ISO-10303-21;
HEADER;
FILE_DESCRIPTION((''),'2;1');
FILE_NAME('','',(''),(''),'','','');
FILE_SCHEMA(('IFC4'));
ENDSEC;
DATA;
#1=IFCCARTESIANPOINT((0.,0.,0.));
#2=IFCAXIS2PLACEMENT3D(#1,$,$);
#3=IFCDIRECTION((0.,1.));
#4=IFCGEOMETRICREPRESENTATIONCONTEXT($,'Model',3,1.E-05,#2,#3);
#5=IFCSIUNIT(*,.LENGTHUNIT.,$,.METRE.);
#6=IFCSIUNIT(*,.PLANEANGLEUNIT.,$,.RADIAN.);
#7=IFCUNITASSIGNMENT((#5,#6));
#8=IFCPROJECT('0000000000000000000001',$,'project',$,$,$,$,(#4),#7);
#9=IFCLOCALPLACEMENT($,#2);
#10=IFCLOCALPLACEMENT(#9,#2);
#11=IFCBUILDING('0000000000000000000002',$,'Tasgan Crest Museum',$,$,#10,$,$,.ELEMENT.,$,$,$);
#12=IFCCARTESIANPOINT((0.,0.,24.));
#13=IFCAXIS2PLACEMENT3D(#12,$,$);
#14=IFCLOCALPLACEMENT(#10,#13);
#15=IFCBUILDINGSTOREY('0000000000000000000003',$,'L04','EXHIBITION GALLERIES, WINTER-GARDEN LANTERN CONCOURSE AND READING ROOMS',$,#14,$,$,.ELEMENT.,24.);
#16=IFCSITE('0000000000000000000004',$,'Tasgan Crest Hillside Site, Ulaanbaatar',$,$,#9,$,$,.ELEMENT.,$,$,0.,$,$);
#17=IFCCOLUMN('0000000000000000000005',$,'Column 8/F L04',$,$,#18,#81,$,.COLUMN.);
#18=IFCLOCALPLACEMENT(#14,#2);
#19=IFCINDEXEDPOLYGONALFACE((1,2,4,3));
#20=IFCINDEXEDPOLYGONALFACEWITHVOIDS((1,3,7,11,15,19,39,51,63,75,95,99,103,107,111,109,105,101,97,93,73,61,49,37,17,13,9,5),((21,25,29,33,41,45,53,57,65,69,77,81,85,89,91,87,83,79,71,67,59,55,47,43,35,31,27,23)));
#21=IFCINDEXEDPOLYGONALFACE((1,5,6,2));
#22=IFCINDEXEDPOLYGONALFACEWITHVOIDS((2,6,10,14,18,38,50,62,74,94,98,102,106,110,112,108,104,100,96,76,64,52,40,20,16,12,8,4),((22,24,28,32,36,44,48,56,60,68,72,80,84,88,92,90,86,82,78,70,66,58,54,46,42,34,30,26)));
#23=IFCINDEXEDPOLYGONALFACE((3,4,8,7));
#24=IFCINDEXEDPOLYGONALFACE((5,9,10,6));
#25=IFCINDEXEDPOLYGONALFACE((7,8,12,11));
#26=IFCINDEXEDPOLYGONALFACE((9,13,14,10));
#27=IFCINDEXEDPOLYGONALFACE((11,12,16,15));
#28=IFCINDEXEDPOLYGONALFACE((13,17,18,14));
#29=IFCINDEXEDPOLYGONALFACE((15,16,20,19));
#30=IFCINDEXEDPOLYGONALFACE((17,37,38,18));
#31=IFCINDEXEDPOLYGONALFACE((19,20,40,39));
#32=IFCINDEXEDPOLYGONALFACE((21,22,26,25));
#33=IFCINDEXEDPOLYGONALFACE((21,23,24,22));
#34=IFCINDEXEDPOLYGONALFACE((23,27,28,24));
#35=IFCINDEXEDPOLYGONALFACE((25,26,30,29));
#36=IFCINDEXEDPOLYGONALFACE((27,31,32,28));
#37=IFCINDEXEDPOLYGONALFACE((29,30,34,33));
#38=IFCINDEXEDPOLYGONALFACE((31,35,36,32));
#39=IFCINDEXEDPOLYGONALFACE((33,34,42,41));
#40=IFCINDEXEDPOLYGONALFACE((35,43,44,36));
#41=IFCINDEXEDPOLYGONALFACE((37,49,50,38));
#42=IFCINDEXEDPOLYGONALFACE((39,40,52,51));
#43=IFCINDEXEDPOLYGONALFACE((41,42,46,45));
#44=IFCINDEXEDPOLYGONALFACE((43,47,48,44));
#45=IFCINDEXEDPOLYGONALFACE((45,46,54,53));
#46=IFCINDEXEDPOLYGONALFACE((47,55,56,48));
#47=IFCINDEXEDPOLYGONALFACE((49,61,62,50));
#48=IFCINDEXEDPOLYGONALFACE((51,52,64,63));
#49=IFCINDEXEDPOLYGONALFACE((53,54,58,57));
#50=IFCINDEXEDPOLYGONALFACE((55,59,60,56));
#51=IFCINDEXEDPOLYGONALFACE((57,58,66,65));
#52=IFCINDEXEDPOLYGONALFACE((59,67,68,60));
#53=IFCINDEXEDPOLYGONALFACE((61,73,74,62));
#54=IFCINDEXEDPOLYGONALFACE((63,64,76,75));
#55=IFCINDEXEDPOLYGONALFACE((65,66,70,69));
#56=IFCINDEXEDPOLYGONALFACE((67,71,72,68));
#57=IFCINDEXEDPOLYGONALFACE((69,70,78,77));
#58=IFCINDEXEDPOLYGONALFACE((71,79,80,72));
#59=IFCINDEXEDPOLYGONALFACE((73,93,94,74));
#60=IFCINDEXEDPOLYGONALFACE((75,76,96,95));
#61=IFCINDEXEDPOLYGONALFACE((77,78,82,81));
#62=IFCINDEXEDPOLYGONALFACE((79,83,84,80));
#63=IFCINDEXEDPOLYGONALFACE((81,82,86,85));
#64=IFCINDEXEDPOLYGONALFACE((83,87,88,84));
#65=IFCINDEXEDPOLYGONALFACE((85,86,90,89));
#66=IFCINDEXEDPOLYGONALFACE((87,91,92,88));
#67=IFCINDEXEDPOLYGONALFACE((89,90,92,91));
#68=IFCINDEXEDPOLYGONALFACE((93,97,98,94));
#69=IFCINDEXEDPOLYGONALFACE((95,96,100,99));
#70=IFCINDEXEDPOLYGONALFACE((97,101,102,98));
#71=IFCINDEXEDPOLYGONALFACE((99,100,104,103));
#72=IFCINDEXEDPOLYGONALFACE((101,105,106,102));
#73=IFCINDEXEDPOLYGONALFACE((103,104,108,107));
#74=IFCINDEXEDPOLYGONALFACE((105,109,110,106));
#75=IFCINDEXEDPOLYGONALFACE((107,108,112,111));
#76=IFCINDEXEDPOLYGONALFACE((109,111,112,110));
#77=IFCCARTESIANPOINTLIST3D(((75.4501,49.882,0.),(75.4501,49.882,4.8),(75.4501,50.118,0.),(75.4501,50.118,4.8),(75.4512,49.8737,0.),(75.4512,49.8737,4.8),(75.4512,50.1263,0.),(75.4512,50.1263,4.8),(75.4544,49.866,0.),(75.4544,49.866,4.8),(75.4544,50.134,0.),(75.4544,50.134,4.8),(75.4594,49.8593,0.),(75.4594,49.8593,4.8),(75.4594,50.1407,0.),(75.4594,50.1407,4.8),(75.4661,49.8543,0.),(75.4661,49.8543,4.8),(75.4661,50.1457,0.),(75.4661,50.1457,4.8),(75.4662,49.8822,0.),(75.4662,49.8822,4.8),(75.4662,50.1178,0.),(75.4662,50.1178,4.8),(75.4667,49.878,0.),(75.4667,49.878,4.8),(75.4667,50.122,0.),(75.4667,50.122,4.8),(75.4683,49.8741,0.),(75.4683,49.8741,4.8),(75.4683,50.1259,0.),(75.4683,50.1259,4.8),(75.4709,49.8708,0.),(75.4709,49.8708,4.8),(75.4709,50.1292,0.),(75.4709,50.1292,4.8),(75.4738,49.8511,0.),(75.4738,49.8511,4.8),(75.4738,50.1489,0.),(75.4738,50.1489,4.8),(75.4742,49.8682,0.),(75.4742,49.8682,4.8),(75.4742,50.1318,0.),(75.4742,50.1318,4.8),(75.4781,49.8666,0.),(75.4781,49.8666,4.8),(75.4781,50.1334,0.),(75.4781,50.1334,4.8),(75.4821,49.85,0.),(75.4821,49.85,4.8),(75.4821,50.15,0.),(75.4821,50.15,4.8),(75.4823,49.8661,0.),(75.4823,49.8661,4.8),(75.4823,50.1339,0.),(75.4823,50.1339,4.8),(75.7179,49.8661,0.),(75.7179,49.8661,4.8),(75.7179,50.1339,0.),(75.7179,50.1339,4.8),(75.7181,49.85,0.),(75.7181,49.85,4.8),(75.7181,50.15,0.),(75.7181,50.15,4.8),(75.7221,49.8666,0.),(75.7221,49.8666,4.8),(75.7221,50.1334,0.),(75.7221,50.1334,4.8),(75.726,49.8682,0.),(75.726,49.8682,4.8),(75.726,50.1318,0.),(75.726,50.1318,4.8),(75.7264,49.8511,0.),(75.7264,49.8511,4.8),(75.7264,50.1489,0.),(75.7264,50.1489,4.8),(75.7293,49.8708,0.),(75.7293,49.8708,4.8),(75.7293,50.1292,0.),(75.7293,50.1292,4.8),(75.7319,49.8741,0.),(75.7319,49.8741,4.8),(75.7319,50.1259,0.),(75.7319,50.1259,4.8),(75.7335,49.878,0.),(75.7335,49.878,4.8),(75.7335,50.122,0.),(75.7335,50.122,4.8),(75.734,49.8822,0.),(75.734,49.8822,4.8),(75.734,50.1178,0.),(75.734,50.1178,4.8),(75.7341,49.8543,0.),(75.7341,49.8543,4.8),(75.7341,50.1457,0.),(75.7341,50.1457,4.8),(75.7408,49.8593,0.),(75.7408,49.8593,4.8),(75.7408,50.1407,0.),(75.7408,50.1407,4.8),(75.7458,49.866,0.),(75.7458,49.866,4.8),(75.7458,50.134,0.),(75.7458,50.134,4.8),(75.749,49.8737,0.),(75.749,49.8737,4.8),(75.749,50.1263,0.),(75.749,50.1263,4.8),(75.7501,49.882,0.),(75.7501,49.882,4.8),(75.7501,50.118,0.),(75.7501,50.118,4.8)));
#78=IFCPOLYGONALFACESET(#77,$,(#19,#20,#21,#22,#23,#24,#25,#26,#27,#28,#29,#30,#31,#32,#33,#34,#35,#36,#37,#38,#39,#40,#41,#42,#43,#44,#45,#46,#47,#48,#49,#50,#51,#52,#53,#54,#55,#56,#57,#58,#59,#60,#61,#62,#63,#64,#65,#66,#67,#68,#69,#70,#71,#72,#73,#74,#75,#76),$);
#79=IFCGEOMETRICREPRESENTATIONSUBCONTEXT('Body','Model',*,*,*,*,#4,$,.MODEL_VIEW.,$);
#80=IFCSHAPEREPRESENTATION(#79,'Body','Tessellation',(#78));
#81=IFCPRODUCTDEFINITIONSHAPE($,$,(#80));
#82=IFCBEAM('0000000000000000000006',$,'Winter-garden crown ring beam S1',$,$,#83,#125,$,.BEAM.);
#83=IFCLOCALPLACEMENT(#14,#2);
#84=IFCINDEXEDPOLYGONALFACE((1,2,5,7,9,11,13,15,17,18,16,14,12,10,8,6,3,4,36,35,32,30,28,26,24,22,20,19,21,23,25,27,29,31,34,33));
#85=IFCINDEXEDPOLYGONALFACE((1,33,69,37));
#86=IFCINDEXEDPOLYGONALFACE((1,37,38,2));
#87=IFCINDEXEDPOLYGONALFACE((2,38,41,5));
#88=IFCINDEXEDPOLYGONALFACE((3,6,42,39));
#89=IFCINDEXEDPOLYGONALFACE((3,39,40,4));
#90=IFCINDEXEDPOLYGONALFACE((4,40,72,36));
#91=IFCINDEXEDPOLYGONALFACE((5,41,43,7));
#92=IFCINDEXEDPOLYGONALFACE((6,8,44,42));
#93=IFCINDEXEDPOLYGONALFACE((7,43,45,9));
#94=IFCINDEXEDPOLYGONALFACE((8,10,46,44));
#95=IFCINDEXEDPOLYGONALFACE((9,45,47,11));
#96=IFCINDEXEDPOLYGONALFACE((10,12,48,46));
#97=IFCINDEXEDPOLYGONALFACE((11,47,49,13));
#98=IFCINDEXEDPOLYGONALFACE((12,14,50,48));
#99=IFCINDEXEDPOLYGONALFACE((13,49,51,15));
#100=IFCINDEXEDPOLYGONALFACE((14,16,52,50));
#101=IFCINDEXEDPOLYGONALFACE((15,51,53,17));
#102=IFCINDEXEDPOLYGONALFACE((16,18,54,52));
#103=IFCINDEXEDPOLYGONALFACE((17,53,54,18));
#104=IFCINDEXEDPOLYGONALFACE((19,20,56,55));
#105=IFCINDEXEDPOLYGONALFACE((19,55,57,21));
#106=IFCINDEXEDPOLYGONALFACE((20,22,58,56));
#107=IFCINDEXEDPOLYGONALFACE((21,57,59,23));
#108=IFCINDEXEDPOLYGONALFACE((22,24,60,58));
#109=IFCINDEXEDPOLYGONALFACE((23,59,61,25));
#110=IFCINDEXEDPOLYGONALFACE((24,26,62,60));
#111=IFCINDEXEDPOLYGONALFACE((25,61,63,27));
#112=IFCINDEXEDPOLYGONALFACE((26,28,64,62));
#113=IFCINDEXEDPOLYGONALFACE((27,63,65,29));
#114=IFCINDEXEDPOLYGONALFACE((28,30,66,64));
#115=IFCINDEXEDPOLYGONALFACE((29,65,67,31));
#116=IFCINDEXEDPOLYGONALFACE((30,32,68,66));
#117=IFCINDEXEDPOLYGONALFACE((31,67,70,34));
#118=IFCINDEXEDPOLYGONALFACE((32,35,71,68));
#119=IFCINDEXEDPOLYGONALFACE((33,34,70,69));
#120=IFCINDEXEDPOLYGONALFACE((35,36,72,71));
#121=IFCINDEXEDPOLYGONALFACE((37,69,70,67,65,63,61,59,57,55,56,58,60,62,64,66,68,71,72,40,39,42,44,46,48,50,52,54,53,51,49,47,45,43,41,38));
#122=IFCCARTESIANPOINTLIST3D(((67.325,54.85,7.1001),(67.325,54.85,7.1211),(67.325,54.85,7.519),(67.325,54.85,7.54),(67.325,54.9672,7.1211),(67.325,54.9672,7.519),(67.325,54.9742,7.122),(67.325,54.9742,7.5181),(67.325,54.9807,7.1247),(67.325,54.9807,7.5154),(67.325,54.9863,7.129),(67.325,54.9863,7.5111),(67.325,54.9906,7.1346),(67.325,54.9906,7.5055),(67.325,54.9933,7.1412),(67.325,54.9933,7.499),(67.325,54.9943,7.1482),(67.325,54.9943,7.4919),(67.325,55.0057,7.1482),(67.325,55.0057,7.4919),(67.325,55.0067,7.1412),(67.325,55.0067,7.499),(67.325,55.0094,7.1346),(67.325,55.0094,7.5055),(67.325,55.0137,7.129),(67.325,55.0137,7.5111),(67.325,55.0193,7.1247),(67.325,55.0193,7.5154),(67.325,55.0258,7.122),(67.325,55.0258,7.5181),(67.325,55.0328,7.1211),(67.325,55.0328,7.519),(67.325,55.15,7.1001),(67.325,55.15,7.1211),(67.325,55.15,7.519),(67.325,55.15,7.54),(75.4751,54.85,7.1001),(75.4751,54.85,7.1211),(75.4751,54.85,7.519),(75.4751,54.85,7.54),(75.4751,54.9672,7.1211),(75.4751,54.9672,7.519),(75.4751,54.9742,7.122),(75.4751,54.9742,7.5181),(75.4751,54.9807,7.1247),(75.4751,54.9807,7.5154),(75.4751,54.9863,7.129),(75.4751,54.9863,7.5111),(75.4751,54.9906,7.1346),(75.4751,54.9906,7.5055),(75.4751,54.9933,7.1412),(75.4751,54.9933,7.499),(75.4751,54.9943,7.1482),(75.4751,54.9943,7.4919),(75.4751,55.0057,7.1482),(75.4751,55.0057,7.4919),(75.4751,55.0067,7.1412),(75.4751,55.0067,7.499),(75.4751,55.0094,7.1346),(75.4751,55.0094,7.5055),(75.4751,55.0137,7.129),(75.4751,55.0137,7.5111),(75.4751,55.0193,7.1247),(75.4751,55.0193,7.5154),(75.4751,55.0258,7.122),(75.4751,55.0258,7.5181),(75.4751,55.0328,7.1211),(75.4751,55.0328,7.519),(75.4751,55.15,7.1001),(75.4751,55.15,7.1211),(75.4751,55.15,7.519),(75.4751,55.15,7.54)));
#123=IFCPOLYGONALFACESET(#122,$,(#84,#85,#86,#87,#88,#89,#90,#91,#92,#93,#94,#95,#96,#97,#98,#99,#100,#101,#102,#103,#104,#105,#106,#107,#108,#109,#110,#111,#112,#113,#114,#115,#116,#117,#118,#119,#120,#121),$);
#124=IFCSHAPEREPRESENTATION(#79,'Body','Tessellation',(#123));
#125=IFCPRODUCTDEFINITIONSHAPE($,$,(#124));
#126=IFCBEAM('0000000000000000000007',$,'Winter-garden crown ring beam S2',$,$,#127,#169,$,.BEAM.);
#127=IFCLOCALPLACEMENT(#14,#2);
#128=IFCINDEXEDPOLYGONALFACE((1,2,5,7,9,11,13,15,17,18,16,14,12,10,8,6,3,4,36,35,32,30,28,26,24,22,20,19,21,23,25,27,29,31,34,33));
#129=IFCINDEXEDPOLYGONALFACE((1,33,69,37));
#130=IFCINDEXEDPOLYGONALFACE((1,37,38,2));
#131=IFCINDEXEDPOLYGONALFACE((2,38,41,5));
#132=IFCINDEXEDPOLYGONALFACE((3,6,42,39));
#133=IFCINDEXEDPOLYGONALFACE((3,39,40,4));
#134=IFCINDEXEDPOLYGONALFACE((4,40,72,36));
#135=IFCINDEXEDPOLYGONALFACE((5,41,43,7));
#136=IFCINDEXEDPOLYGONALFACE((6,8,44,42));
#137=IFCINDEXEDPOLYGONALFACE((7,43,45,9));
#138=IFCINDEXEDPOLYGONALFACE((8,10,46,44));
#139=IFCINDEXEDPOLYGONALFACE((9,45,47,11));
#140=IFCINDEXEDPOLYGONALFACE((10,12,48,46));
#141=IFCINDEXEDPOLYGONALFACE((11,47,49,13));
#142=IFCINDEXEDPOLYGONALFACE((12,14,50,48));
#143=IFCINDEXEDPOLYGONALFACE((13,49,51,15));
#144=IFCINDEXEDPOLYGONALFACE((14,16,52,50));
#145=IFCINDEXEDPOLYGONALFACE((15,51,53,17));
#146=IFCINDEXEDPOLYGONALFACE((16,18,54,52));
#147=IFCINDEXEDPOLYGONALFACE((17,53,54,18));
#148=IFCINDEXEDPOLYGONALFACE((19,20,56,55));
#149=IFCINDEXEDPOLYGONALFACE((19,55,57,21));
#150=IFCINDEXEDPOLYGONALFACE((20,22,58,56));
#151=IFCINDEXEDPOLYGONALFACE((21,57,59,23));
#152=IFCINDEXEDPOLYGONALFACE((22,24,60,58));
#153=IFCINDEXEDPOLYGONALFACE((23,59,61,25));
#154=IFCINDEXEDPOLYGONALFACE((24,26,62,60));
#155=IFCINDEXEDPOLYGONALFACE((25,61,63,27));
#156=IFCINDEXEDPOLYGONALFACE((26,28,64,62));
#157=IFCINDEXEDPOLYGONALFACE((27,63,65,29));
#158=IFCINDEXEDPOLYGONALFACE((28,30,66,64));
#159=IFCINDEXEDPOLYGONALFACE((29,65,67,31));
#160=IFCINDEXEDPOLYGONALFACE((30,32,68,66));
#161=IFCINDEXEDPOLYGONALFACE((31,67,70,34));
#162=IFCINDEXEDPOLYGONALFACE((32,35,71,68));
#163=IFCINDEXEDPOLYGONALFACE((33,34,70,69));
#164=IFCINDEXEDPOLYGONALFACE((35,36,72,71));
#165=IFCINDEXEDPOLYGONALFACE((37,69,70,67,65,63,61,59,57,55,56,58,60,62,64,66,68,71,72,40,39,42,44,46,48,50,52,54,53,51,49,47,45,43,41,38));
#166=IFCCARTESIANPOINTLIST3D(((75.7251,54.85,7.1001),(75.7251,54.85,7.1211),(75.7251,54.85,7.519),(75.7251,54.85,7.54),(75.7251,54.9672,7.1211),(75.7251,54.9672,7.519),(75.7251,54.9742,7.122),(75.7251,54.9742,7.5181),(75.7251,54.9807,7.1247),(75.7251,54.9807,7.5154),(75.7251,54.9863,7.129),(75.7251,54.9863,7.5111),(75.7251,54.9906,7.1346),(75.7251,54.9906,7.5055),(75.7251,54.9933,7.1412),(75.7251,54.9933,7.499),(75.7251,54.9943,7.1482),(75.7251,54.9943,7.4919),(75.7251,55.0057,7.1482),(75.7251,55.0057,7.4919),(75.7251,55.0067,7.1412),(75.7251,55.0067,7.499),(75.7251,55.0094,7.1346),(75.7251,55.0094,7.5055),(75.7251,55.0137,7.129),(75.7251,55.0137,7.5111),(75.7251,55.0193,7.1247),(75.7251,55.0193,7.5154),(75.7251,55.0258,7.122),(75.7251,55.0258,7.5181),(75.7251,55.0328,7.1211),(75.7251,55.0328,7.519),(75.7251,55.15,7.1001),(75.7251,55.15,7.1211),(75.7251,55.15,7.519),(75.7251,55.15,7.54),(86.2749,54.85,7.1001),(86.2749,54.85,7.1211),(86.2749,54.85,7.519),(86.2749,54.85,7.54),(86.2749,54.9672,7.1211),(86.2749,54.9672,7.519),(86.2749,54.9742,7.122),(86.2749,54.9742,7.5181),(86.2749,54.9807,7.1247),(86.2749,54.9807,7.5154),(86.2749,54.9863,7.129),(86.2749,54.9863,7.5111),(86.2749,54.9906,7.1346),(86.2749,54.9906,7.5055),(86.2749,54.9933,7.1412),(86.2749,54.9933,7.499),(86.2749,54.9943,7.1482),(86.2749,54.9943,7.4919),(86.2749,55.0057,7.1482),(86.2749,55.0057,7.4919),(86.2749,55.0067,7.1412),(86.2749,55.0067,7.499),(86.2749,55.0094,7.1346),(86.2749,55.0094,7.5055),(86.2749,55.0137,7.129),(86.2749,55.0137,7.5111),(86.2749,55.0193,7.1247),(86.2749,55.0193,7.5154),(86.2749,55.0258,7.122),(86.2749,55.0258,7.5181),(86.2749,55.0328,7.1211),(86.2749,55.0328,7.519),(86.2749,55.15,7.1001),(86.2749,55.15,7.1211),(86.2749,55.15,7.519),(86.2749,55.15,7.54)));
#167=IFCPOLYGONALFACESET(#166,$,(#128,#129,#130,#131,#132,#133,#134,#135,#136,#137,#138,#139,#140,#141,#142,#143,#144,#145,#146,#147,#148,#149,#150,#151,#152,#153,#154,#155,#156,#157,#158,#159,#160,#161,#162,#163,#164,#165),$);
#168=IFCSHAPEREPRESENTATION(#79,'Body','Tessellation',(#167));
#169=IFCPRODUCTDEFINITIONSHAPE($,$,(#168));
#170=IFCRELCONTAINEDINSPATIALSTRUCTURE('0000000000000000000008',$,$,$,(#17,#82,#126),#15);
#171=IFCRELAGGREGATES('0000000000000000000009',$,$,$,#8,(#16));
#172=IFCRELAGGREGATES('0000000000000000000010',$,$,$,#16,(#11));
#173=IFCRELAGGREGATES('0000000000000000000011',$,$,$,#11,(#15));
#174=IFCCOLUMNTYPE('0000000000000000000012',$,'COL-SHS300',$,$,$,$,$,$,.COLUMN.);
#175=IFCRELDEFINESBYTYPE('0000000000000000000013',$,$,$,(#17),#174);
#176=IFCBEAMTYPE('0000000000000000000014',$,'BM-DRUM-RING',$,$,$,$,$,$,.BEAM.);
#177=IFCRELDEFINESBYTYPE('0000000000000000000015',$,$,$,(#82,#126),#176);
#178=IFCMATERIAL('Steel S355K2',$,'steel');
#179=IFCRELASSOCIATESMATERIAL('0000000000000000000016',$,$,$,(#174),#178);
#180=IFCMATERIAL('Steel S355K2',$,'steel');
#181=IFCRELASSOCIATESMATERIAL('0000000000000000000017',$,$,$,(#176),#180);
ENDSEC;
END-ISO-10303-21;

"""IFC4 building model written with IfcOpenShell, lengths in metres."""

from ifc_helpers import new_model, si_unit, direction, frame, origin, origin_2d, place, context, subcontext, project, spatial, hollow_rectangle, i_section, extrude, material, material_profile, profile_set, type_object, element, save


model = new_model("IFC4")

# Units and contexts
model_context = context("Model", 3, precision=1e-05, world=origin(), true_north=direction((0.0, 1.0)))
body_context = subcontext(model_context, "Body", "Model", "MODEL_VIEW")
ifc_project = project(units=[si_unit("LENGTHUNIT", "METRE"), si_unit("PLANEANGLEUNIT", "RADIAN")], contexts=[model_context])

# Site, building, storey
site_placement = place(None, origin())
site = spatial("IfcSite", under=ifc_project, at=site_placement, Name="Tasgan Crest Hillside Site, Ulaanbaatar", CompositionType="ELEMENT", RefElevation=0.0)
building_placement = place(site_placement, origin())
building = spatial("IfcBuilding", under=site, at=building_placement, Name="Tasgan Crest Museum", CompositionType="ELEMENT")
storey_placement = place(building_placement, frame((0.0, 0.0, 24.0)))
storey = spatial("IfcBuildingStorey", under=building, at=storey_placement, Name="L04", Description="EXHIBITION GALLERIES, WINTER-GARDEN LANTERN CONCOURSE AND READING ROOMS", CompositionType="ELEMENT", Elevation=24.0)

# Column
ifc_material_1 = material(Name="Steel S355K2", Category="steel")
ifc_material_profile_1 = material_profile(ifc_material_1, hollow_rectangle(XDim=0.3, YDim=0.3, WallThickness=0.0161, InnerFilletRadius=0.0161, OuterFilletRadius=0.032, at=origin_2d()), Name="SHS 300x300x16")
ifc_profile_set_1 = profile_set([ifc_material_profile_1], Name="Steel S355K2")
column_type = type_object("IfcColumnType", Name="COL-SHS300", PredefinedType="COLUMN", material=ifc_profile_set_1)
column_placement = place(storey_placement, frame((75.6001, 50.0, 0.0), z_axis=(0.0, 0.0, 1.0), x_axis=(1.0, 0.0, 0.0)))
element("IfcColumn", 1, at=column_placement, inside=storey, type_object=column_type, Name="Column 8/F L04", PredefinedType="COLUMN", context=body_context, shape_type="SweptSolid", body=[
    extrude(hollow_rectangle(XDim=0.3, YDim=0.3, WallThickness=0.0161, InnerFilletRadius=0.0161, OuterFilletRadius=0.032, at=origin_2d()), origin(), (0.0, 0.0, 1.0), 4.8),
])

# Beams
ifc_material_2 = material(Name="Steel S355K2", Category="steel")
ifc_material_profile_2 = material_profile(ifc_material_2, i_section(OverallWidth=0.3, OverallDepth=0.4399, WebThickness=0.0115, FlangeThickness=0.021, FilletRadius=0.0271, at=origin_2d()), Name="HEA 450")
ifc_profile_set_2 = profile_set([ifc_material_profile_2], Name="Steel S355K2")
beam_type_1 = type_object("IfcBeamType", Name="BM-DRUM-RING", PredefinedType="BEAM", material=ifc_profile_set_2)
beam_1_placement = place(storey_placement, frame((67.325, 55.0, 7.3201), z_axis=(1.0, 0.0, 0.0), x_axis=(0.0, 1.0, 0.0)))
element("IfcBeam", 2, at=beam_1_placement, inside=storey, type_object=beam_type_1, Name="Winter-garden crown ring beam S1", PredefinedType="BEAM", context=body_context, shape_type="SweptSolid", body=[
    extrude(i_section(OverallWidth=0.3, OverallDepth=0.4399, WebThickness=0.0115, FlangeThickness=0.021, FilletRadius=0.0271, at=origin_2d()), origin(), (0.0, 0.0, 1.0), 8.1501),
])
beam_2_placement = place(storey_placement, frame((75.7251, 55.0, 7.3201), z_axis=(1.0, 0.0, 0.0), x_axis=(0.0, 1.0, 0.0)))
element("IfcBeam", 3, at=beam_2_placement, inside=storey, type_object=beam_type_1, Name="Winter-garden crown ring beam S2", PredefinedType="BEAM", context=body_context, shape_type="SweptSolid", body=[
    extrude(i_section(OverallWidth=0.3, OverallDepth=0.4399, WebThickness=0.0115, FlangeThickness=0.021, FilletRadius=0.0271, at=origin_2d()), origin(), (0.0, 0.0, 1.0), 10.5498),
])

save(model, "model.ifc")
